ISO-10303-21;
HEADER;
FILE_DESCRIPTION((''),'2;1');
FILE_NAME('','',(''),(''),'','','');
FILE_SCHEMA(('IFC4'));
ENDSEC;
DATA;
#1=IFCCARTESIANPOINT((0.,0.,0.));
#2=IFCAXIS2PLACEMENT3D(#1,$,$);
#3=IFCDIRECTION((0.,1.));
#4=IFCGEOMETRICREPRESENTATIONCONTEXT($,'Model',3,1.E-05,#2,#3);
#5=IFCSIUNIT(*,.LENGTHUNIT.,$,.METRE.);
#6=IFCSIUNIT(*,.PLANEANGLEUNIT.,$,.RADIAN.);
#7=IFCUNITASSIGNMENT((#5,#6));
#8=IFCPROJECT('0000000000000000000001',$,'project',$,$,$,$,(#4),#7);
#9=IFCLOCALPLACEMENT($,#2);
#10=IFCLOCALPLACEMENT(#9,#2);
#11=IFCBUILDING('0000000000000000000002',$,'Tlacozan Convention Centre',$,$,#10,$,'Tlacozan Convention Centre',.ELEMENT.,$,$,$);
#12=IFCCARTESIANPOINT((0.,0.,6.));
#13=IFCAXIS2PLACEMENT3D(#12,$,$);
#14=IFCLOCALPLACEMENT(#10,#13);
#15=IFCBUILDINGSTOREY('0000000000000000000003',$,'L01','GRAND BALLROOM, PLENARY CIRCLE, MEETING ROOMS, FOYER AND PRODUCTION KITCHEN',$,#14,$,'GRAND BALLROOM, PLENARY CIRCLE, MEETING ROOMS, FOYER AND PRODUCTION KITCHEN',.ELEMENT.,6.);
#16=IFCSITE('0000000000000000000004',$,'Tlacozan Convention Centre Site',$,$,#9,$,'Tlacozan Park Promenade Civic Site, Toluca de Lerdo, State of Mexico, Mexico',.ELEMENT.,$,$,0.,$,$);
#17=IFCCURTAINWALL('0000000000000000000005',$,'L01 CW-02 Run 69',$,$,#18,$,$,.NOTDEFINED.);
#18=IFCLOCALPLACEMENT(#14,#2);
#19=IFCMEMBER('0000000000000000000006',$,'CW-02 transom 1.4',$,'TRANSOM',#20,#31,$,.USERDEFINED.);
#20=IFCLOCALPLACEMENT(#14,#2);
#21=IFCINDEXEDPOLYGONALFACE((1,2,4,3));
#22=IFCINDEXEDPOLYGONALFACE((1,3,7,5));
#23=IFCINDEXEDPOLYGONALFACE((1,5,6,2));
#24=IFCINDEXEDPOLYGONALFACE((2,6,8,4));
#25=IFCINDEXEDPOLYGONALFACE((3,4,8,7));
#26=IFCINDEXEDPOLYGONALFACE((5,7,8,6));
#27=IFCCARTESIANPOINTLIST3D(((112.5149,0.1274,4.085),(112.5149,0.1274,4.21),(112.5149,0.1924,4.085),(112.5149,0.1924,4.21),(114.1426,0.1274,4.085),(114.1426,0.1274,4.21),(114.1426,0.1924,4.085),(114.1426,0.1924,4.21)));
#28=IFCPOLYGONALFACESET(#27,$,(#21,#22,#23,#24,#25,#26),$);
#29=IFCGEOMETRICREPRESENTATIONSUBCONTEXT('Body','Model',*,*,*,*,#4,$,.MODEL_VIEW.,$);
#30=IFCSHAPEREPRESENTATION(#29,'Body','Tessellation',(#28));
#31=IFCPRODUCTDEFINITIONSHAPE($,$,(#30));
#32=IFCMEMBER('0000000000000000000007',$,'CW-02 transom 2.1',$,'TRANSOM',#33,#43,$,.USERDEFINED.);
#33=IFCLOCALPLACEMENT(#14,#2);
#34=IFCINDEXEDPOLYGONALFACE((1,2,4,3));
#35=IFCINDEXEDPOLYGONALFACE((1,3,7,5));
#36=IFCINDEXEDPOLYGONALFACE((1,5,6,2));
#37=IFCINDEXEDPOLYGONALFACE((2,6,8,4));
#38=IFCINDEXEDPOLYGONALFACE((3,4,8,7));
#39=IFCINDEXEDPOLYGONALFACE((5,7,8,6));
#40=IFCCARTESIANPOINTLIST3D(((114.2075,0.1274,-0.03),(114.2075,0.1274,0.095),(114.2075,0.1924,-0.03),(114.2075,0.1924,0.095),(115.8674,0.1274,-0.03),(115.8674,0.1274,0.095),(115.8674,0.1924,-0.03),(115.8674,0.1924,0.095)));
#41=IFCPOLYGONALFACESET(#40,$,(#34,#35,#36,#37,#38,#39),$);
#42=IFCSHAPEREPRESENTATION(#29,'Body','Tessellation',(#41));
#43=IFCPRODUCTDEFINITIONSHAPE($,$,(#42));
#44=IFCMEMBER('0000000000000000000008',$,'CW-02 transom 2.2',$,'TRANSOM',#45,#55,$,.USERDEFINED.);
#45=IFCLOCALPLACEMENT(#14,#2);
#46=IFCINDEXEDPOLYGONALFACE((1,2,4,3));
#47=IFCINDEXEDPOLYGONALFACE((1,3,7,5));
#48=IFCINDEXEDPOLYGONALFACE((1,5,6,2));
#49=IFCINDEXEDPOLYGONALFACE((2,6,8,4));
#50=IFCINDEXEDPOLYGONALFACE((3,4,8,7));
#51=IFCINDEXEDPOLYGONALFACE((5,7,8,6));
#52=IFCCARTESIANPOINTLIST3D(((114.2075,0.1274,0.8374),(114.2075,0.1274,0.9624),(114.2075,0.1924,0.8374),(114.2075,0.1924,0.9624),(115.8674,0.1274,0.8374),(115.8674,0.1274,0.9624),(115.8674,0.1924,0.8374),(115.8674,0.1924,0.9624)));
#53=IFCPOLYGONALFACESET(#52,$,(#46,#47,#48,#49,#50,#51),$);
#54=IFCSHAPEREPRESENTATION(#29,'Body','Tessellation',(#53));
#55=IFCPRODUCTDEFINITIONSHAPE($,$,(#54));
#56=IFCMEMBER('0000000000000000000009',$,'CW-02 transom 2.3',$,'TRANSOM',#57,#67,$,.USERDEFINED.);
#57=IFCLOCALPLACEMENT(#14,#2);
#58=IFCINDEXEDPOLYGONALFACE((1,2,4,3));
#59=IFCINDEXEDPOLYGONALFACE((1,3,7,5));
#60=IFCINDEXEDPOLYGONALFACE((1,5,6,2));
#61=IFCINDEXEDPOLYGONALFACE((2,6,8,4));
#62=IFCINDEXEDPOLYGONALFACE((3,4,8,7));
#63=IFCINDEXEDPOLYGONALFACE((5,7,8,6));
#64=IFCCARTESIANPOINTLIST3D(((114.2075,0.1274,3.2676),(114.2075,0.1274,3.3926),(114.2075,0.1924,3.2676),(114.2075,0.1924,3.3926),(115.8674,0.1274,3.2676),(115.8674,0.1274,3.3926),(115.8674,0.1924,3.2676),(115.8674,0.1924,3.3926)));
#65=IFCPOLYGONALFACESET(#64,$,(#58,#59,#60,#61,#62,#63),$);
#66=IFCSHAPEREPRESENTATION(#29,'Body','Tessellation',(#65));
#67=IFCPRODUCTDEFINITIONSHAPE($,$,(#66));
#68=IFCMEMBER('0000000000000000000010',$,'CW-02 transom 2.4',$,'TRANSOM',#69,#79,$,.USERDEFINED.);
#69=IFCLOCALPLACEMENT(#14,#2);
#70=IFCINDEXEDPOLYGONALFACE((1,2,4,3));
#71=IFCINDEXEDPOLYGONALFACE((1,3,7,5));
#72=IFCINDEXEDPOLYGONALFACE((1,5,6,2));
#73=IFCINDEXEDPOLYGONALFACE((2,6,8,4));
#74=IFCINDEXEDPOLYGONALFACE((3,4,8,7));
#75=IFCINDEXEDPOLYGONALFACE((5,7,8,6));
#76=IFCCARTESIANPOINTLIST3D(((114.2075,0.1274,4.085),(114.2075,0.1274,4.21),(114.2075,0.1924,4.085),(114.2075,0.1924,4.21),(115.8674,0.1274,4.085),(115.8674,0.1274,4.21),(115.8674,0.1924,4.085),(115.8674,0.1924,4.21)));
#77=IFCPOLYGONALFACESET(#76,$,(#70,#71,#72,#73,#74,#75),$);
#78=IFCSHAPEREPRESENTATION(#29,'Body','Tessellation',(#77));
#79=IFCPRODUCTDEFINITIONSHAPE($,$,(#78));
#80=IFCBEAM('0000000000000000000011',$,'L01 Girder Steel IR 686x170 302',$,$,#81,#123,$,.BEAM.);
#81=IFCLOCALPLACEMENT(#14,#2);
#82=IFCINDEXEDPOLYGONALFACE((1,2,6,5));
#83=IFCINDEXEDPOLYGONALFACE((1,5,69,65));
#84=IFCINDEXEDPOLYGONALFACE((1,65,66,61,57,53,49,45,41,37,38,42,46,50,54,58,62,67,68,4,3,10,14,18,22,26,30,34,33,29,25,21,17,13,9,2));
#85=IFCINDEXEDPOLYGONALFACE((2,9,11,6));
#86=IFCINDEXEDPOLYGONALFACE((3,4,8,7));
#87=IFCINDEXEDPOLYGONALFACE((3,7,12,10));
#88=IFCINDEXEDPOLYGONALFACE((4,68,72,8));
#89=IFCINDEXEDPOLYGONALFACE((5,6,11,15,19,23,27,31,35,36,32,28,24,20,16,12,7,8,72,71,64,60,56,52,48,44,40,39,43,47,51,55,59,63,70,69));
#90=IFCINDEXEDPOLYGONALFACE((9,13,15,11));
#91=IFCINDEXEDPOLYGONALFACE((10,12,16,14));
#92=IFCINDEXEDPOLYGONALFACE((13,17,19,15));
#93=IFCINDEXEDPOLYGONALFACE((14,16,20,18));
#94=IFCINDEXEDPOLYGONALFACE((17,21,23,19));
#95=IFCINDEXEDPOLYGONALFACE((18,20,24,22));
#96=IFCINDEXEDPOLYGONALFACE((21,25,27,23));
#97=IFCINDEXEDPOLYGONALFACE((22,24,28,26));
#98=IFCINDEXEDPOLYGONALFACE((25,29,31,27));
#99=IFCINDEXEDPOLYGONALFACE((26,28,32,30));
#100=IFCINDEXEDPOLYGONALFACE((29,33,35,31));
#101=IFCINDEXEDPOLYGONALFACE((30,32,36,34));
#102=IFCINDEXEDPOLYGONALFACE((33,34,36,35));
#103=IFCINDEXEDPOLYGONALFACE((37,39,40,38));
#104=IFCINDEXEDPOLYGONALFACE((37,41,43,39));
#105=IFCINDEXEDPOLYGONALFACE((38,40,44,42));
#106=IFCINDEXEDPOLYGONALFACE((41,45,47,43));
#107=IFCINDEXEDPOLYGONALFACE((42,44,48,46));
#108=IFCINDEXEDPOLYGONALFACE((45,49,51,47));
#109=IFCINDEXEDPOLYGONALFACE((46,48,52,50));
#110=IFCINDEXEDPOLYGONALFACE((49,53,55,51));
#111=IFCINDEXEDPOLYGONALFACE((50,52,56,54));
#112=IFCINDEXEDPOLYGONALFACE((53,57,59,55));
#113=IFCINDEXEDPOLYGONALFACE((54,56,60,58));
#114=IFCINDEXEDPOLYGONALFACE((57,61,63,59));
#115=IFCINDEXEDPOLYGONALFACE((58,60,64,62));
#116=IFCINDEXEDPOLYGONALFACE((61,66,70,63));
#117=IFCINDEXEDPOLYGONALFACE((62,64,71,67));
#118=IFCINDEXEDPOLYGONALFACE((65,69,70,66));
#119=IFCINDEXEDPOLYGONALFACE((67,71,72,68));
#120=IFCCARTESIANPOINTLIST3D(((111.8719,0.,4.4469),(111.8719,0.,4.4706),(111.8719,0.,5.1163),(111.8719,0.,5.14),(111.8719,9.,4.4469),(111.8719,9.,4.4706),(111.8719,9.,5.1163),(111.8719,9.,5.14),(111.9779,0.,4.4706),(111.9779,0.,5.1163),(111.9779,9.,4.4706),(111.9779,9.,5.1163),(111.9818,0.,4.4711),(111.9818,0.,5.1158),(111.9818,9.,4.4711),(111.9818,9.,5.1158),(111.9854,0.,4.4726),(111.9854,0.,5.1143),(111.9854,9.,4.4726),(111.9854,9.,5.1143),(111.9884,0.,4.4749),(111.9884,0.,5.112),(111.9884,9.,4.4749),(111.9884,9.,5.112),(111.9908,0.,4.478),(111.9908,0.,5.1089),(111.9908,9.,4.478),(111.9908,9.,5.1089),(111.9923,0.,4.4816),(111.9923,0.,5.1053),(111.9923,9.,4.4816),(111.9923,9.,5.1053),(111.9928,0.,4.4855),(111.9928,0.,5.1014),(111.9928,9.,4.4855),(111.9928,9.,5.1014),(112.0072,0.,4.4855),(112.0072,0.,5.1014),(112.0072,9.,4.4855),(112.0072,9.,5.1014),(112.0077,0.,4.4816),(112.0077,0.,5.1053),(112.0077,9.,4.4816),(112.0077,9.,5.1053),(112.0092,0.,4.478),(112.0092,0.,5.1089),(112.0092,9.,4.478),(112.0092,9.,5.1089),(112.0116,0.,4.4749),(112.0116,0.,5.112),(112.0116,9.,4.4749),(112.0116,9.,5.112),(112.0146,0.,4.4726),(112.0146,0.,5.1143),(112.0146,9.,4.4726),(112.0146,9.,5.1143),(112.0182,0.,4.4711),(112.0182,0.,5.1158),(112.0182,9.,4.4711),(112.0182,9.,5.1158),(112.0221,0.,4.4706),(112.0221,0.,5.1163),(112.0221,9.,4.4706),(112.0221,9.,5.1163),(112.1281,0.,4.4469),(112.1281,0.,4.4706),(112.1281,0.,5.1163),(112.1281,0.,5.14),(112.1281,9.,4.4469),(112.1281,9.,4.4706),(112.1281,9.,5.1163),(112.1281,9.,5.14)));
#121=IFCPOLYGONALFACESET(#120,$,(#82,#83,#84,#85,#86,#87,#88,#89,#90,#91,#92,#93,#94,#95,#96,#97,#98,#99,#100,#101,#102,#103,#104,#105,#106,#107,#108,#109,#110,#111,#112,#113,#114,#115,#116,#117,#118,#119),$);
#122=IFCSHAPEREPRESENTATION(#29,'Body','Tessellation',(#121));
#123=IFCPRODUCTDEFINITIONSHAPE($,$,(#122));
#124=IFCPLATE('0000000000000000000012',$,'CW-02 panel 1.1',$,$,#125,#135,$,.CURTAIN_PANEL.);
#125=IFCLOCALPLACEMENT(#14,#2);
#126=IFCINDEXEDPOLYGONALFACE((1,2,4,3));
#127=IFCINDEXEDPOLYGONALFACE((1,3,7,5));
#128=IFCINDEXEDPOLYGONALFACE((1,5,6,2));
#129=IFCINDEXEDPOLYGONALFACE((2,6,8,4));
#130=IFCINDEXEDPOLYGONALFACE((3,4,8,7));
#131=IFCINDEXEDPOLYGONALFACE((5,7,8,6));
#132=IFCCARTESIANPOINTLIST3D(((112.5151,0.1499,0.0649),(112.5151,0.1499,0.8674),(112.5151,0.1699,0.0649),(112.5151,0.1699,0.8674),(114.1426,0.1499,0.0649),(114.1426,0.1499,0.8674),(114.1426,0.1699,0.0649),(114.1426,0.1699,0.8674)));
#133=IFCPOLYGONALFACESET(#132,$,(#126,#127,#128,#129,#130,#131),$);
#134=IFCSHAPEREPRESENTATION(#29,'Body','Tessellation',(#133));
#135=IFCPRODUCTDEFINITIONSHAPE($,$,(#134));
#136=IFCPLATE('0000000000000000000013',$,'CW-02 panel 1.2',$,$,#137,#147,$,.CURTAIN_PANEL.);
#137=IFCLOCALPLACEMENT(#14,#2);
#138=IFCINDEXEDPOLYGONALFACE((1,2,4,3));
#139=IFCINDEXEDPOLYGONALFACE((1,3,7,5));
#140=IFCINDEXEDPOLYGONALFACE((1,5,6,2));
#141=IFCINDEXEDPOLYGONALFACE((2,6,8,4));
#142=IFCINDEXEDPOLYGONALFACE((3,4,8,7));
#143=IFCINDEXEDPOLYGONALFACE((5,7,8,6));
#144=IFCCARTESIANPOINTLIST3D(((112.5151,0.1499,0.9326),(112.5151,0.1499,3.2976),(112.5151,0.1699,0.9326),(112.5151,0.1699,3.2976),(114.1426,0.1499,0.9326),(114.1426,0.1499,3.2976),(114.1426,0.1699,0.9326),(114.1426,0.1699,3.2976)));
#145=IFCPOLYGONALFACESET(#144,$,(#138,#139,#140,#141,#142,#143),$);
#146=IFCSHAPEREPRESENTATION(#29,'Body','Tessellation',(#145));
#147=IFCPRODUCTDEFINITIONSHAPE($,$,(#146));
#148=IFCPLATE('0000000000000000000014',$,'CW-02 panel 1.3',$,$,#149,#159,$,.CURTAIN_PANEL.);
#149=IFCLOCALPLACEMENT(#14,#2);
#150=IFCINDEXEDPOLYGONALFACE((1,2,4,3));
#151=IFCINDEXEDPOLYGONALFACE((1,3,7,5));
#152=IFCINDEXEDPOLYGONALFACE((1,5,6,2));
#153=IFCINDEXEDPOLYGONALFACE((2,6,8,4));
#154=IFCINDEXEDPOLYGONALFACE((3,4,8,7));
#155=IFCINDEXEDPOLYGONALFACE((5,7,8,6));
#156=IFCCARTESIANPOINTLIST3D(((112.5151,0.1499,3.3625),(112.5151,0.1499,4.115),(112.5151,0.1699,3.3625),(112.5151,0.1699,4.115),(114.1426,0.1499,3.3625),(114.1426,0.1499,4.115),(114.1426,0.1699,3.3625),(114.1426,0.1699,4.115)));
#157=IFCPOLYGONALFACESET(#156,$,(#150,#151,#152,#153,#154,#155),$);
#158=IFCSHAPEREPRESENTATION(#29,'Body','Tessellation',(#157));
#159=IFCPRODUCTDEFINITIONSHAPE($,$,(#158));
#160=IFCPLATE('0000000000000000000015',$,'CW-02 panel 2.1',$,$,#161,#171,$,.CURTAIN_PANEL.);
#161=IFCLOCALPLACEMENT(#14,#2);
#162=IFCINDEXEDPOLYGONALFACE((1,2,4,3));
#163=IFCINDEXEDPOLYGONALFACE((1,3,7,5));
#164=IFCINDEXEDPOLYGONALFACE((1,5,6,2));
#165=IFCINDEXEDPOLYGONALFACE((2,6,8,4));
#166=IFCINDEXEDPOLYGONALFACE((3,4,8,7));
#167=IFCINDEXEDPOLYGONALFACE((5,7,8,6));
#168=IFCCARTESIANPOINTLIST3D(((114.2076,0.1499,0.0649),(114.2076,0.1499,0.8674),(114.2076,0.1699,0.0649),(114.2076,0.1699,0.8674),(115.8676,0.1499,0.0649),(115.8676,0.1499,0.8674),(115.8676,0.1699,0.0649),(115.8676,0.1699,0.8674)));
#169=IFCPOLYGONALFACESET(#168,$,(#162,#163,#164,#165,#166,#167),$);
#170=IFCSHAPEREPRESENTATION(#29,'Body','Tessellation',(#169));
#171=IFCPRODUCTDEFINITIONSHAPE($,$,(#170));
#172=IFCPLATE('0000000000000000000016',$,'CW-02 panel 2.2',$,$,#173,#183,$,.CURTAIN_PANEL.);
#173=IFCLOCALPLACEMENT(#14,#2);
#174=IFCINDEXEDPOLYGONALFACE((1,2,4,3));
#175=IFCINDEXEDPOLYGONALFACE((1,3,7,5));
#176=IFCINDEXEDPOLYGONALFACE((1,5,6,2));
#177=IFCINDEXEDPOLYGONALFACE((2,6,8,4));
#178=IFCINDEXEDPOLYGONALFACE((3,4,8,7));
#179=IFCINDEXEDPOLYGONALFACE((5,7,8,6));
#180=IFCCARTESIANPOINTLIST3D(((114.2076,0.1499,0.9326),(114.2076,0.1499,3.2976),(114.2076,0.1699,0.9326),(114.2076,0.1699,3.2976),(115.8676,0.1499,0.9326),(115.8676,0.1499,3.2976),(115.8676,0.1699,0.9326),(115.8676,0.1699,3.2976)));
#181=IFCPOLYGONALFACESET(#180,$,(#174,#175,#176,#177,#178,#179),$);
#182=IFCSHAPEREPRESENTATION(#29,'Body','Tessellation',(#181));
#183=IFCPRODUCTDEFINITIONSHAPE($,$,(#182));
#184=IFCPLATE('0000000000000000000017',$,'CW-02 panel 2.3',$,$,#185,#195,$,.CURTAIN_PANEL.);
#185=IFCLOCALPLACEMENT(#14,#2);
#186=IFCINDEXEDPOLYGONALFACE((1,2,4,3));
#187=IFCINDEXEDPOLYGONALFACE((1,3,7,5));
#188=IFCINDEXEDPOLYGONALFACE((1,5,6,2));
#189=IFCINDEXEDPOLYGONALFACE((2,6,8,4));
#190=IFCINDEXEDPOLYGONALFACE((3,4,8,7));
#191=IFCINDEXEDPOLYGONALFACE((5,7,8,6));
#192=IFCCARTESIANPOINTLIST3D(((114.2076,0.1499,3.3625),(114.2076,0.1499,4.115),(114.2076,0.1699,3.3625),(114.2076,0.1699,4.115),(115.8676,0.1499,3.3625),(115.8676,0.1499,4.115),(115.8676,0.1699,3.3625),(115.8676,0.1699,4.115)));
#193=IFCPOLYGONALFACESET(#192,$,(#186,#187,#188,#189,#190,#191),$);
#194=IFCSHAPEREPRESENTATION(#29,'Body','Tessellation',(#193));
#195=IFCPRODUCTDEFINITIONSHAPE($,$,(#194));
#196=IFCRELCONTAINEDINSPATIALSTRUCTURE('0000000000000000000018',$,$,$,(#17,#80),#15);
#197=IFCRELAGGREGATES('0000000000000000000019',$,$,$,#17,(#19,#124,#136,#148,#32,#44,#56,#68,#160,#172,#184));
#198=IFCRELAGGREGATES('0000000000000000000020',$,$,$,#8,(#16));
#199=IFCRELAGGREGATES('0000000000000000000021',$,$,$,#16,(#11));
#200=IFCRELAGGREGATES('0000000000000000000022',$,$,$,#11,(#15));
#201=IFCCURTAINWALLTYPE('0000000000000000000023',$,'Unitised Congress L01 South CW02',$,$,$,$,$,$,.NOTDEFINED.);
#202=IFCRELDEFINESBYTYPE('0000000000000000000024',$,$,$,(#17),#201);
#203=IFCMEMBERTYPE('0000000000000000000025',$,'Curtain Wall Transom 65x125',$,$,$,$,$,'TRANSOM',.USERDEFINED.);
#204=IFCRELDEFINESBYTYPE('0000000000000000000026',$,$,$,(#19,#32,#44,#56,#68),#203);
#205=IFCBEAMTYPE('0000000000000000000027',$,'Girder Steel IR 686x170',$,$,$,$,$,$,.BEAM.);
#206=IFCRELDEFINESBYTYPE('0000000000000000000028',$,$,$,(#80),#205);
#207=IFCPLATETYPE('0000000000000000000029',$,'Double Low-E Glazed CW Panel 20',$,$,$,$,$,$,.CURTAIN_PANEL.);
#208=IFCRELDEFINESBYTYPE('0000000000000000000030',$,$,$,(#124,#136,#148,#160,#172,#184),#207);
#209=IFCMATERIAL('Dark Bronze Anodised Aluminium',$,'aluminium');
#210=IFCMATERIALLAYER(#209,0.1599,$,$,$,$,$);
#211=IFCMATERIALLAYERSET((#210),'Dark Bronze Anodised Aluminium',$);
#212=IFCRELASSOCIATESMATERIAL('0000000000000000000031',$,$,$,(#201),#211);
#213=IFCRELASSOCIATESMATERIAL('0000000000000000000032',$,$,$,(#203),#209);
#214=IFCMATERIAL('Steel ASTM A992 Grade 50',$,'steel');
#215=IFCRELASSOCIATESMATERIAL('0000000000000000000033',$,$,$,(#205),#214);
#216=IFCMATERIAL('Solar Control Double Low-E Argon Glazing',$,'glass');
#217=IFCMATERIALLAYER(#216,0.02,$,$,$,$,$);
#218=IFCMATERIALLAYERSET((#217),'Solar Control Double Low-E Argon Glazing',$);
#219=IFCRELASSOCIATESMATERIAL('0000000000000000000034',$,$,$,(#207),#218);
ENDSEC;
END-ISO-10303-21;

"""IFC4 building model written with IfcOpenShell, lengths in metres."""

from ifc_helpers import new_model, si_unit, direction, frame, origin, origin_2d, place, context, subcontext, project, spatial, rectangle, i_section, extrude, material, layer, layer_set, material_profile, profile_set, type_object, element, aggregate, save


model = new_model("IFC4")

# Units and contexts
model_context = context("Model", 3, precision=1e-05, world=origin(), true_north=direction((0.0, 1.0)))
body_context = subcontext(model_context, "Body", "Model", "MODEL_VIEW")
ifc_project = project(units=[si_unit("LENGTHUNIT", "METRE"), si_unit("PLANEANGLEUNIT", "RADIAN")], contexts=[model_context])

# Site, building, storey
site_placement = place(None, origin())
site = spatial("IfcSite", under=ifc_project, at=site_placement, Name="Tlacozan Convention Centre Site", LongName="Tlacozan Park Promenade Civic Site, Toluca de Lerdo, State of Mexico, Mexico", CompositionType="ELEMENT", RefElevation=0.0)
building_placement = place(site_placement, origin())
building = spatial("IfcBuilding", under=site, at=building_placement, Name="Tlacozan Convention Centre", LongName="Tlacozan Convention Centre", CompositionType="ELEMENT")
storey_placement = place(building_placement, frame((0.0, 0.0, 6.0)))
storey = spatial("IfcBuildingStorey", under=building, at=storey_placement, Name="L01", Description="GRAND BALLROOM, PLENARY CIRCLE, MEETING ROOMS, FOYER AND PRODUCTION KITCHEN", LongName="GRAND BALLROOM, PLENARY CIRCLE, MEETING ROOMS, FOYER AND PRODUCTION KITCHEN", CompositionType="ELEMENT", Elevation=6.0)

# Shared definitions
ifc_material_1 = material(Name="Steel ASTM A992 Grade 50", Category="steel")

# Shared definitions
ifc_material_2 = material(Name="Dark Bronze Anodised Aluminium", Category="aluminium")
ifc_layer_1 = layer(ifc_material_2, 0.1599)
ifc_layer_set_1 = layer_set([ifc_layer_1], Name="Dark Bronze Anodised Aluminium")
curtain_wall_type = type_object("IfcCurtainWallType", Name="Unitised Congress L01 South CW02", PredefinedType="NOTDEFINED", material=ifc_layer_set_1)

# Curtain wall, members
curtain_wall_1_placement = place(storey_placement, origin())
curtain_wall_1 = element("IfcCurtainWall", 1, at=curtain_wall_1_placement, inside=storey, type_object=curtain_wall_type, Name="L01 CW-02 Run 69", PredefinedType="NOTDEFINED")
ifc_material_profile_1 = material_profile(ifc_material_2, rectangle(XDim=0.0649, YDim=0.125, at=origin_2d()), Name="ALU 65x125")
ifc_profile_set_1 = profile_set([ifc_material_profile_1], Name="Dark Bronze Anodised Aluminium")
member_type_1 = type_object("IfcMemberType", Name="Curtain Wall Transom 65x125", ElementType="TRANSOM", PredefinedType="USERDEFINED", material=ifc_profile_set_1)
member_1_placement = place(storey_placement, frame((112.5149, 0.1599, 4.1475), z_axis=(1.0, 0.0, 0.0), x_axis=(0.0, 1.0, 0.0)))
member_1 = element("IfcMember", 2, at=member_1_placement, type_object=member_type_1, Name="CW-02 transom 1.4", ObjectType="TRANSOM", PredefinedType="USERDEFINED", context=body_context, shape_type="SweptSolid", body=[
    extrude(rectangle(XDim=0.0649, YDim=0.125, at=origin_2d()), origin(), (0.0, 0.0, 1.0), 1.6277),
])
member_2_placement = place(storey_placement, frame((114.2075, 0.1599, 0.0325), z_axis=(1.0, 0.0, 0.0), x_axis=(0.0, 1.0, 0.0)))
member_2 = element("IfcMember", 3, at=member_2_placement, type_object=member_type_1, Name="CW-02 transom 2.1", ObjectType="TRANSOM", PredefinedType="USERDEFINED", context=body_context, shape_type="SweptSolid", body=[
    extrude(rectangle(XDim=0.0649, YDim=0.125, at=origin_2d()), origin(), (0.0, 0.0, 1.0), 1.6599),
])
member_3_placement = place(storey_placement, frame((114.2075, 0.1599, 0.8999), z_axis=(1.0, 0.0, 0.0), x_axis=(0.0, 1.0, 0.0)))
member_3 = element("IfcMember", 4, at=member_3_placement, type_object=member_type_1, Name="CW-02 transom 2.2", ObjectType="TRANSOM", PredefinedType="USERDEFINED", context=body_context, shape_type="SweptSolid", body=[
    extrude(rectangle(XDim=0.0649, YDim=0.125, at=origin_2d()), origin(), (0.0, 0.0, 1.0), 1.6599),
])
member_4_placement = place(storey_placement, frame((114.2075, 0.1599, 3.3301), z_axis=(1.0, 0.0, 0.0), x_axis=(0.0, 1.0, 0.0)))
member_4 = element("IfcMember", 5, at=member_4_placement, type_object=member_type_1, Name="CW-02 transom 2.3", ObjectType="TRANSOM", PredefinedType="USERDEFINED", context=body_context, shape_type="SweptSolid", body=[
    extrude(rectangle(XDim=0.0649, YDim=0.125, at=origin_2d()), origin(), (0.0, 0.0, 1.0), 1.6599),
])
member_5_placement = place(storey_placement, frame((114.2075, 0.1599, 4.1475), z_axis=(1.0, 0.0, 0.0), x_axis=(0.0, 1.0, 0.0)))
member_5 = element("IfcMember", 6, at=member_5_placement, type_object=member_type_1, Name="CW-02 transom 2.4", ObjectType="TRANSOM", PredefinedType="USERDEFINED", context=body_context, shape_type="SweptSolid", body=[
    extrude(rectangle(XDim=0.0649, YDim=0.125, at=origin_2d()), origin(), (0.0, 0.0, 1.0), 1.6599),
])

# Beam
ifc_material_profile_2 = material_profile(ifc_material_1, i_section(OverallWidth=0.2561, OverallDepth=0.6931, WebThickness=0.0144, FlangeThickness=0.0237, FilletRadius=0.0149, at=origin_2d()), Name="IR 686x170.0")
ifc_profile_set_2 = profile_set([ifc_material_profile_2], Name="Steel ASTM A992 Grade 50")
beam_type_1 = type_object("IfcBeamType", Name="Girder Steel IR 686x170", PredefinedType="BEAM", material=ifc_profile_set_2)
beam_1_placement = place(storey_placement, frame((112.0, 0.0, 4.7935), z_axis=(0.0, 1.0, 0.0), x_axis=(-1.0, 0.0, 0.0)))
element("IfcBeam", 7, at=beam_1_placement, inside=storey, type_object=beam_type_1, Name="L01 Girder Steel IR 686x170 302", PredefinedType="BEAM", context=body_context, shape_type="SweptSolid", body=[
    extrude(i_section(OverallWidth=0.2561, OverallDepth=0.6931, WebThickness=0.0144, FlangeThickness=0.0237, FilletRadius=0.0149, at=origin_2d()), origin(), (0.0, 0.0, 1.0), 9.0),
])

# Plates
ifc_material_3 = material(Name="Solar Control Double Low-E Argon Glazing", Category="glass")
ifc_layer_2 = layer(ifc_material_3, 0.02)
ifc_layer_set_2 = layer_set([ifc_layer_2], Name="Solar Control Double Low-E Argon Glazing")
plate_type = type_object("IfcPlateType", Name="Double Low-E Glazed CW Panel 20", PredefinedType="CURTAIN_PANEL", material=ifc_layer_set_2)
plate_1_placement = place(storey_placement, frame((113.3289, 0.1599, 0.0649), z_axis=(0.0, 0.0, 1.0), x_axis=(1.0, 0.0, 0.0)))
plate_1 = element("IfcPlate", 8, at=plate_1_placement, type_object=plate_type, Name="CW-02 panel 1.1", PredefinedType="CURTAIN_PANEL", context=body_context, shape_type="SweptSolid", body=[
    extrude(rectangle(XDim=1.6274, YDim=0.02, at=origin_2d()), origin(), (0.0, 0.0, 1.0), 0.8025),
])
plate_2_placement = place(storey_placement, frame((113.3289, 0.1599, 0.9326), z_axis=(0.0, 0.0, 1.0), x_axis=(1.0, 0.0, 0.0)))
plate_2 = element("IfcPlate", 9, at=plate_2_placement, type_object=plate_type, Name="CW-02 panel 1.2", PredefinedType="CURTAIN_PANEL", context=body_context, shape_type="SweptSolid", body=[
    extrude(rectangle(XDim=1.6274, YDim=0.02, at=origin_2d()), origin(), (0.0, 0.0, 1.0), 2.365),
])
plate_3_placement = place(storey_placement, frame((113.3289, 0.1599, 3.3625), z_axis=(0.0, 0.0, 1.0), x_axis=(1.0, 0.0, 0.0)))
plate_3 = element("IfcPlate", 10, at=plate_3_placement, type_object=plate_type, Name="CW-02 panel 1.3", PredefinedType="CURTAIN_PANEL", context=body_context, shape_type="SweptSolid", body=[
    extrude(rectangle(XDim=1.6274, YDim=0.02, at=origin_2d()), origin(), (0.0, 0.0, 1.0), 0.7524),
])
plate_4_placement = place(storey_placement, frame((115.0376, 0.1599, 0.0649), z_axis=(0.0, 0.0, 1.0), x_axis=(1.0, 0.0, 0.0)))
plate_4 = element("IfcPlate", 11, at=plate_4_placement, type_object=plate_type, Name="CW-02 panel 2.1", PredefinedType="CURTAIN_PANEL", context=body_context, shape_type="SweptSolid", body=[
    extrude(rectangle(XDim=1.6599, YDim=0.02, at=origin_2d()), origin(), (0.0, 0.0, 1.0), 0.8025),
])
plate_5_placement = place(storey_placement, frame((115.0376, 0.1599, 0.9326), z_axis=(0.0, 0.0, 1.0), x_axis=(1.0, 0.0, 0.0)))
plate_5 = element("IfcPlate", 12, at=plate_5_placement, type_object=plate_type, Name="CW-02 panel 2.2", PredefinedType="CURTAIN_PANEL", context=body_context, shape_type="SweptSolid", body=[
    extrude(rectangle(XDim=1.6599, YDim=0.02, at=origin_2d()), origin(), (0.0, 0.0, 1.0), 2.365),
])
plate_6_placement = place(storey_placement, frame((115.0376, 0.1599, 3.3625), z_axis=(0.0, 0.0, 1.0), x_axis=(1.0, 0.0, 0.0)))
plate_6 = element("IfcPlate", 13, at=plate_6_placement, type_object=plate_type, Name="CW-02 panel 2.3", PredefinedType="CURTAIN_PANEL", context=body_context, shape_type="SweptSolid", body=[
    extrude(rectangle(XDim=1.6599, YDim=0.02, at=origin_2d()), origin(), (0.0, 0.0, 1.0), 0.7524),
])
aggregate(curtain_wall_1, [member_1, plate_1, plate_2, plate_3, member_2, member_3, member_4, member_5, plate_4, plate_5, plate_6])

save(model, "model.ifc")
